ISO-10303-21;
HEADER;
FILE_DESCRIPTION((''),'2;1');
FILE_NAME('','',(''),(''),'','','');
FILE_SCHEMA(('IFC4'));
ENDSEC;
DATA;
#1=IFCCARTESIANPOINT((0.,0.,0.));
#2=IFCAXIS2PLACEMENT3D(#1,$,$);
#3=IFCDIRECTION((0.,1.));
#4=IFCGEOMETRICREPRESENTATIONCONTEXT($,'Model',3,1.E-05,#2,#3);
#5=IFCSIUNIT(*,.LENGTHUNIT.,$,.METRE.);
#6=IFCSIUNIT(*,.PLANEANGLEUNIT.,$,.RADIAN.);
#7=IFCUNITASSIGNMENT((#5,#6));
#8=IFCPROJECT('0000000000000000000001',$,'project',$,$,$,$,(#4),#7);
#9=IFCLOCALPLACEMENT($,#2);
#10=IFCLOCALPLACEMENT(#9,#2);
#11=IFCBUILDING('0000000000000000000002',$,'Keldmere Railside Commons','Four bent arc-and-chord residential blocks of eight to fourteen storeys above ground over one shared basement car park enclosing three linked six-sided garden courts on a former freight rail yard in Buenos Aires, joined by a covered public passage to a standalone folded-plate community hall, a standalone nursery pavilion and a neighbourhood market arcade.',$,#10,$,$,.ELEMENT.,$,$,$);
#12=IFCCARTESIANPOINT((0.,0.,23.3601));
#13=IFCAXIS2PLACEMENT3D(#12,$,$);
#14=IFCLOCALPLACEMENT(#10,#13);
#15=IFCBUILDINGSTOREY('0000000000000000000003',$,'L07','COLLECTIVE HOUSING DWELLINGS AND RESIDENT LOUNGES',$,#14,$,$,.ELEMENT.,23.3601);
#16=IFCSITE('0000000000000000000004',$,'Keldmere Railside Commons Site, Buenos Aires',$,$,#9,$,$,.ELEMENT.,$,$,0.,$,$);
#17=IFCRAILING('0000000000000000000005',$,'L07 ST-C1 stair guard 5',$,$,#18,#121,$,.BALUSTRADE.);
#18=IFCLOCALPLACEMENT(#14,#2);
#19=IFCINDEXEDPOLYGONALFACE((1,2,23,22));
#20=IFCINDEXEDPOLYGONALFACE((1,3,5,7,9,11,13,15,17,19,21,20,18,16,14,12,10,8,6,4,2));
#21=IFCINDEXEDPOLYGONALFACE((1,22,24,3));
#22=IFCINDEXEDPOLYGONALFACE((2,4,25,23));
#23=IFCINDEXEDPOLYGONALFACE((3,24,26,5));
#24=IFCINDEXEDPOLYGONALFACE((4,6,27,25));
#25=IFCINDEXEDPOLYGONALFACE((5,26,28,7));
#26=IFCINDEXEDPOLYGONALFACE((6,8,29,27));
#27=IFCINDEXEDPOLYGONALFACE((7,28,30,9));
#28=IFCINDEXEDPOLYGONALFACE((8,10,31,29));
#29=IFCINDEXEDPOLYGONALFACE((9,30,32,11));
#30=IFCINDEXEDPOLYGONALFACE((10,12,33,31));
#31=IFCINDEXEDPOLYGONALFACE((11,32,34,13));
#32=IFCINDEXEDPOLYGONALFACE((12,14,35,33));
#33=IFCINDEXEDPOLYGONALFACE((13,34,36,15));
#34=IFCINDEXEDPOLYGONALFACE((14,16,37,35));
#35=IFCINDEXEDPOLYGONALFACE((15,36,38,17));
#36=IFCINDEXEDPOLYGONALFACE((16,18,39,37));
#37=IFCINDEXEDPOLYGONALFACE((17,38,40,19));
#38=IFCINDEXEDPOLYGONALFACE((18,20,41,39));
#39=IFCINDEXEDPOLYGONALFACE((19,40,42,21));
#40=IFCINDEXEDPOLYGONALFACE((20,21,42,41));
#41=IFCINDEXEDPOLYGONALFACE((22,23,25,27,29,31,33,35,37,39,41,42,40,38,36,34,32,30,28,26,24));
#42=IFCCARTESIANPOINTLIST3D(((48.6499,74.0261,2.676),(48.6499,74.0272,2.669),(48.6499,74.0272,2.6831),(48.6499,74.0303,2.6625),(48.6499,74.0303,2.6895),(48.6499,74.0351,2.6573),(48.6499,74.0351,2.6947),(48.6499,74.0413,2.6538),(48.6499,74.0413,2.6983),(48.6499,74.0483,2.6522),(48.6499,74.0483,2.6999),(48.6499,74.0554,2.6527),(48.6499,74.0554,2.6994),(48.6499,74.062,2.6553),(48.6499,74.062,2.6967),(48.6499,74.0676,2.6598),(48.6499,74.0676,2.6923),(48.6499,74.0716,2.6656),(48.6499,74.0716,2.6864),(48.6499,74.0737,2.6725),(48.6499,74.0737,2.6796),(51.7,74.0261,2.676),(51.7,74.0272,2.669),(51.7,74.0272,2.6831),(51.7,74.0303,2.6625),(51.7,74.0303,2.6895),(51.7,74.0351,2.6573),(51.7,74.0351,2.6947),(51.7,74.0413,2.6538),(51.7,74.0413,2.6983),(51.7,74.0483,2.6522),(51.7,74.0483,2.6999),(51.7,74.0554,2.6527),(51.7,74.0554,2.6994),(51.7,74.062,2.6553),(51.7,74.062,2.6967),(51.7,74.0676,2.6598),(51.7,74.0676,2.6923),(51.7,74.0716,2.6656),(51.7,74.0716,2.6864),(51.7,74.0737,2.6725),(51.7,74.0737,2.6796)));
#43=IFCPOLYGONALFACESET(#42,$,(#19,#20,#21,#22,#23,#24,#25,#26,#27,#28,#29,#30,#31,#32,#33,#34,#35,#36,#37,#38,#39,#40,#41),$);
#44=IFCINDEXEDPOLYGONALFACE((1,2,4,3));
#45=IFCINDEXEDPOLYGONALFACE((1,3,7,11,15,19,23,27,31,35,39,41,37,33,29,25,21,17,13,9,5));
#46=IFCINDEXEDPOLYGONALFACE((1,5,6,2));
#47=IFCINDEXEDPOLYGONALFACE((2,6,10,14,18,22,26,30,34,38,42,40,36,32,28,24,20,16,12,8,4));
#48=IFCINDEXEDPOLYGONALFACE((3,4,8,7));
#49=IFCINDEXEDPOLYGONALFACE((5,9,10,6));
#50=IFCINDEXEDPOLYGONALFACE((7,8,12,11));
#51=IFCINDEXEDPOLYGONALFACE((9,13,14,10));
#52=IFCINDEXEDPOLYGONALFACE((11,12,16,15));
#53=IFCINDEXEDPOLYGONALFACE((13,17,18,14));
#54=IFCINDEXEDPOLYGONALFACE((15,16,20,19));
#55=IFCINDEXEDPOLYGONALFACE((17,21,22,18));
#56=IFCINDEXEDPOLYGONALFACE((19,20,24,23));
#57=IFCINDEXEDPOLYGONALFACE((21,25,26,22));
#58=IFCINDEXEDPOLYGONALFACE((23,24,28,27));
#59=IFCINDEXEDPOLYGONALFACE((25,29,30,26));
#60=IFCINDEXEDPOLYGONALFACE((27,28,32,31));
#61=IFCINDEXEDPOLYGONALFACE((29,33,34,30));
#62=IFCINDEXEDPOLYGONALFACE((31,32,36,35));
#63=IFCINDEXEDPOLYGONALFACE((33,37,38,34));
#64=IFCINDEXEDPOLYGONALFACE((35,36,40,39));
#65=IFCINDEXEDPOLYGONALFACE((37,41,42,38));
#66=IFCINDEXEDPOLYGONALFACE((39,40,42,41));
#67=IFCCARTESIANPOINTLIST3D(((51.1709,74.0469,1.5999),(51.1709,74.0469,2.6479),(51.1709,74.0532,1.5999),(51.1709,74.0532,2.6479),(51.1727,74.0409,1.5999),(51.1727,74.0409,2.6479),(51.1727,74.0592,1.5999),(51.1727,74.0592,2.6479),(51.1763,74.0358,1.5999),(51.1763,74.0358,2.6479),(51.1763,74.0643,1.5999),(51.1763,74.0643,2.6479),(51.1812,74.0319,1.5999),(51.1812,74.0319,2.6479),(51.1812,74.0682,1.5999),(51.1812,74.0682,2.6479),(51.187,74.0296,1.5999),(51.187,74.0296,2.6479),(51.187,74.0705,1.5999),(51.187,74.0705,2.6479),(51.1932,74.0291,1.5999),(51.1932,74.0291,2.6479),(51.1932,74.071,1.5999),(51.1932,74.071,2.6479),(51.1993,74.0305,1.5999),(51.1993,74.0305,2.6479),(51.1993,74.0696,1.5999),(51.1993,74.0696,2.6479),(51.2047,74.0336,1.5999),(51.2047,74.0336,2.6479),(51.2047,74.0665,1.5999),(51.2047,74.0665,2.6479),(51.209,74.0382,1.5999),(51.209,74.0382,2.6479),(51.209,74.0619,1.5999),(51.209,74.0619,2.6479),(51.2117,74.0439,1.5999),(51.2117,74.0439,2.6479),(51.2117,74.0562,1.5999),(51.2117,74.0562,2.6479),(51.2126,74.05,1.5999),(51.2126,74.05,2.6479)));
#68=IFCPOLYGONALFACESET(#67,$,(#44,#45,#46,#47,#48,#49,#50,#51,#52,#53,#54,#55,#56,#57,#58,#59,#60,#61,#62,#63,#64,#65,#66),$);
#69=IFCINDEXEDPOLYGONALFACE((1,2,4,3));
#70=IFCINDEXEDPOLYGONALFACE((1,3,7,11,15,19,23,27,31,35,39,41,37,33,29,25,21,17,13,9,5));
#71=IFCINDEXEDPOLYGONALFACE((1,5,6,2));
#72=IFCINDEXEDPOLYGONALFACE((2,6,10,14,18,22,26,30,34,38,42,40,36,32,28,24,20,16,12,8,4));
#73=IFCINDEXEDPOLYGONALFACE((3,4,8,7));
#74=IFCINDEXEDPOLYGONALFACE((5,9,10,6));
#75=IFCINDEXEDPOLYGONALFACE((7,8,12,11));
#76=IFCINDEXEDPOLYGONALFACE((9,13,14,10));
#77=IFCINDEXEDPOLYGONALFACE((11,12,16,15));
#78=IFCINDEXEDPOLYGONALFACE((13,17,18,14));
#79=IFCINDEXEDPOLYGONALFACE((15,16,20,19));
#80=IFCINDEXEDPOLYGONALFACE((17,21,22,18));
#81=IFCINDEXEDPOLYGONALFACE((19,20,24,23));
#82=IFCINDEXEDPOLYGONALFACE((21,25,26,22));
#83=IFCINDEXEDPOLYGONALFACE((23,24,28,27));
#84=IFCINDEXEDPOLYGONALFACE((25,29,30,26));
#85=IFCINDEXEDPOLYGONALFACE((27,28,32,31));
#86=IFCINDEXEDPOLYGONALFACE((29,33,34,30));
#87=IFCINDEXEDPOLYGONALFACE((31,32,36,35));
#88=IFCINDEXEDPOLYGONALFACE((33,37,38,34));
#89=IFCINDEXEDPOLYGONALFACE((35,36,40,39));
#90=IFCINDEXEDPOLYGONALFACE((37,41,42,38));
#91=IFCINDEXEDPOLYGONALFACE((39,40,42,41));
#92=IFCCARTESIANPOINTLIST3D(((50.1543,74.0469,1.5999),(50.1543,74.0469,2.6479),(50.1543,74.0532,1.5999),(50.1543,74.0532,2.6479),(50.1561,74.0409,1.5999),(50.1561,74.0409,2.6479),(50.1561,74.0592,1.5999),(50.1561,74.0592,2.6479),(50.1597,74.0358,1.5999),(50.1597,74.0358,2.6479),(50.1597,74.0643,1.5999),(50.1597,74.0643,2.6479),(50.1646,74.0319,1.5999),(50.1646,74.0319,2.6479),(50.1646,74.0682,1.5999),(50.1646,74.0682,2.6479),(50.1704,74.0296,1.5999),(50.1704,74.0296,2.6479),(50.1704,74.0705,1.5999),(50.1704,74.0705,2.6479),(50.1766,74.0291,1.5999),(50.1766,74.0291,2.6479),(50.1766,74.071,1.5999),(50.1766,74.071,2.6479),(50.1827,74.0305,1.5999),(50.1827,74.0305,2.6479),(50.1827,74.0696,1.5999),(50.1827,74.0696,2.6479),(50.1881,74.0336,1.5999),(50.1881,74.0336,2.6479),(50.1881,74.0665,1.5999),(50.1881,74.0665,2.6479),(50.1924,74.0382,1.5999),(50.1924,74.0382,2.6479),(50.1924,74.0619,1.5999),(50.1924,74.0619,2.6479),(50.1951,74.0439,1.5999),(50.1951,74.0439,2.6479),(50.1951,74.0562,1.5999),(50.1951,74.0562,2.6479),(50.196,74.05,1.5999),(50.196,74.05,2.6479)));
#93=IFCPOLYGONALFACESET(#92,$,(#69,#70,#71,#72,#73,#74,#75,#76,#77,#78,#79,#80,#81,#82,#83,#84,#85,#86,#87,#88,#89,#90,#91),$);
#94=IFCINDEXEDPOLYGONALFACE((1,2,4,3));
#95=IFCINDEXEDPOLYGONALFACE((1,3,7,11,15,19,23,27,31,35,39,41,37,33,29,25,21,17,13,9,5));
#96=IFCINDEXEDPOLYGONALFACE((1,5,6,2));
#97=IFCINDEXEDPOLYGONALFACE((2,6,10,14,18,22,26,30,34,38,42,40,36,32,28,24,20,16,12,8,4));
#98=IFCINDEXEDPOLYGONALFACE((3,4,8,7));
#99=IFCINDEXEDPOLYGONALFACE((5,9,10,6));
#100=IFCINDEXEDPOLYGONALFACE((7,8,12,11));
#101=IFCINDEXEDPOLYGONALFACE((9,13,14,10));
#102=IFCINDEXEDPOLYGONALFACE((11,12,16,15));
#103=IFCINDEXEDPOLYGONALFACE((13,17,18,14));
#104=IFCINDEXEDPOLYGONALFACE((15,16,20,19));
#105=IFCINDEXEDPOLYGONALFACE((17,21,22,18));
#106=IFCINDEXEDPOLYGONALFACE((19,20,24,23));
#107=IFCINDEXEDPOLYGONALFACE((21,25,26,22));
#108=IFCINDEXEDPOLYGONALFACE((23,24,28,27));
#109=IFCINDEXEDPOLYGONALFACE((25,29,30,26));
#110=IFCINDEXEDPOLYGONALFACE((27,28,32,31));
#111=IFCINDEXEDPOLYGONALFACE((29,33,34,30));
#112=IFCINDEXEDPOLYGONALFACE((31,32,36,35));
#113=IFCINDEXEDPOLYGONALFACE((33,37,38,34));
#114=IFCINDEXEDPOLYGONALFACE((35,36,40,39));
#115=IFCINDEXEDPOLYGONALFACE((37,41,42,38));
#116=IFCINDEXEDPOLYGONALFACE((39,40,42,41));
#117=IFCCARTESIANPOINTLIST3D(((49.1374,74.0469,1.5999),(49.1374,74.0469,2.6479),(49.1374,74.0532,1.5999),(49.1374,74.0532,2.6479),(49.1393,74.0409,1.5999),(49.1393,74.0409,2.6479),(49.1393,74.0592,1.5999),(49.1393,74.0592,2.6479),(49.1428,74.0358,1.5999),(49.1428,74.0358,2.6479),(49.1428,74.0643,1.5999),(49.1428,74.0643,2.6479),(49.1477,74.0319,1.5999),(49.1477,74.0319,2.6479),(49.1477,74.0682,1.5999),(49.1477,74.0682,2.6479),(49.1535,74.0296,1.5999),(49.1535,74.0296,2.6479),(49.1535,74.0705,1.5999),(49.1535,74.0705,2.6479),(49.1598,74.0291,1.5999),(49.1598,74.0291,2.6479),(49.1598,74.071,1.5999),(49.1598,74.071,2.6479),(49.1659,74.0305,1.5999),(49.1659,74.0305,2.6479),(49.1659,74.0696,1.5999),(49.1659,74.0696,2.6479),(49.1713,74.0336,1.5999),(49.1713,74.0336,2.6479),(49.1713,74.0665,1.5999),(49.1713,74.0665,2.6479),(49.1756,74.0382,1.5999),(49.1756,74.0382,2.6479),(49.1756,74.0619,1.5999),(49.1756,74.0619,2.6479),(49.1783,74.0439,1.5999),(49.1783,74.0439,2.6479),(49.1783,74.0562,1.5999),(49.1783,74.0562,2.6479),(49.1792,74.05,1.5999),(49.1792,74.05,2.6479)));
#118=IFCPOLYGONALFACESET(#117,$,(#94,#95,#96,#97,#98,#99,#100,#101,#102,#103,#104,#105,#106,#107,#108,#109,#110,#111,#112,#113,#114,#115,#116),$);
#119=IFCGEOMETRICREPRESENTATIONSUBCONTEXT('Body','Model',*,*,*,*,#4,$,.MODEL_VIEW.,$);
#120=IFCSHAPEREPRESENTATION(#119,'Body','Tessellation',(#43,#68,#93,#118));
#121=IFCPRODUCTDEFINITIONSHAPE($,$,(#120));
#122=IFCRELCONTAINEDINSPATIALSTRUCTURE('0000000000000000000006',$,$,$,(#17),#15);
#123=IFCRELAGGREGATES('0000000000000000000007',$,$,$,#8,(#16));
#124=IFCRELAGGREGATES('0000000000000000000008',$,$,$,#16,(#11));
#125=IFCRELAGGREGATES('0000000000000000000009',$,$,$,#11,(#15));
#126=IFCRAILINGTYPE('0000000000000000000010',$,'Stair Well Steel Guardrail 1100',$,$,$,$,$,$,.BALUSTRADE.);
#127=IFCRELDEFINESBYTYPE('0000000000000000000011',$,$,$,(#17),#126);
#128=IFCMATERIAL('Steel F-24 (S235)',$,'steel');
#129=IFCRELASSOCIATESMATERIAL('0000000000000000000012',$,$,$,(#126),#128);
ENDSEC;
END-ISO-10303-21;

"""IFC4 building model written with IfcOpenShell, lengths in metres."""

from ifc_helpers import new_model, si_unit, direction, frame, origin, origin_2d, place, context, subcontext, project, spatial, circle, extrude, material, type_object, element, save


model = new_model("IFC4")

# Units and contexts
model_context = context("Model", 3, precision=1e-05, world=origin(), true_north=direction((0.0, 1.0)))
body_context = subcontext(model_context, "Body", "Model", "MODEL_VIEW")
ifc_project = project(units=[si_unit("LENGTHUNIT", "METRE"), si_unit("PLANEANGLEUNIT", "RADIAN")], contexts=[model_context])

# Site, building, storey
site_placement = place(None, origin())
site = spatial("IfcSite", under=ifc_project, at=site_placement, Name="Keldmere Railside Commons Site, Buenos Aires", CompositionType="ELEMENT", RefElevation=0.0)
building_placement = place(site_placement, origin())
building = spatial("IfcBuilding", under=site, at=building_placement, Name="Keldmere Railside Commons", Description="Four bent arc-and-chord residential blocks of eight to fourteen storeys above ground over one shared basement car park enclosing three linked six-sided garden courts on a former freight rail yard in Buenos Aires, joined by a covered public passage to a standalone folded-plate community hall, a standalone nursery pavilion and a neighbourhood market arcade.", CompositionType="ELEMENT")
storey_placement = place(building_placement, frame((0.0, 0.0, 23.3601)))
storey = spatial("IfcBuildingStorey", under=building, at=storey_placement, Name="L07", Description="COLLECTIVE HOUSING DWELLINGS AND RESIDENT LOUNGES", CompositionType="ELEMENT", Elevation=23.3601)

# Shared definitions
ifc_material_1 = material(Name="Steel F-24 (S235)", Category="steel")

# Railing
railing_type_1 = type_object("IfcRailingType", Name="Stair Well Steel Guardrail 1100", PredefinedType="BALUSTRADE", material=ifc_material_1)
railing_1_placement = place(storey_placement, frame((51.7, 74.05, 1.5999)))
element("IfcRailing", 1, at=railing_1_placement, inside=storey, type_object=railing_type_1, Name="L07 ST-C1 stair guard 5", PredefinedType="BALUSTRADE", context=body_context, shape_type="SweptSolid", body=[
    extrude(circle(Radius=0.0239, at=origin_2d()), frame((0.0, 0.0, 1.0762), z_axis=(-1.0, 0.0, 0.0), x_axis=(0.0, -1.0, 0.0)), (0.0, 0.0, 1.0), 3.05),
    extrude(circle(Radius=0.021, at=origin_2d()), frame((-0.5083, 0.0, 0.0)), (0.0, 0.0, 1.0), 1.0481),
    extrude(circle(Radius=0.021, at=origin_2d()), frame((-1.5249, 0.0, 0.0)), (0.0, 0.0, 1.0), 1.0481),
    extrude(circle(Radius=0.021, at=origin_2d()), frame((-2.5417, 0.0, 0.0)), (0.0, 0.0, 1.0), 1.0481),
])

save(model, "model.ifc")
